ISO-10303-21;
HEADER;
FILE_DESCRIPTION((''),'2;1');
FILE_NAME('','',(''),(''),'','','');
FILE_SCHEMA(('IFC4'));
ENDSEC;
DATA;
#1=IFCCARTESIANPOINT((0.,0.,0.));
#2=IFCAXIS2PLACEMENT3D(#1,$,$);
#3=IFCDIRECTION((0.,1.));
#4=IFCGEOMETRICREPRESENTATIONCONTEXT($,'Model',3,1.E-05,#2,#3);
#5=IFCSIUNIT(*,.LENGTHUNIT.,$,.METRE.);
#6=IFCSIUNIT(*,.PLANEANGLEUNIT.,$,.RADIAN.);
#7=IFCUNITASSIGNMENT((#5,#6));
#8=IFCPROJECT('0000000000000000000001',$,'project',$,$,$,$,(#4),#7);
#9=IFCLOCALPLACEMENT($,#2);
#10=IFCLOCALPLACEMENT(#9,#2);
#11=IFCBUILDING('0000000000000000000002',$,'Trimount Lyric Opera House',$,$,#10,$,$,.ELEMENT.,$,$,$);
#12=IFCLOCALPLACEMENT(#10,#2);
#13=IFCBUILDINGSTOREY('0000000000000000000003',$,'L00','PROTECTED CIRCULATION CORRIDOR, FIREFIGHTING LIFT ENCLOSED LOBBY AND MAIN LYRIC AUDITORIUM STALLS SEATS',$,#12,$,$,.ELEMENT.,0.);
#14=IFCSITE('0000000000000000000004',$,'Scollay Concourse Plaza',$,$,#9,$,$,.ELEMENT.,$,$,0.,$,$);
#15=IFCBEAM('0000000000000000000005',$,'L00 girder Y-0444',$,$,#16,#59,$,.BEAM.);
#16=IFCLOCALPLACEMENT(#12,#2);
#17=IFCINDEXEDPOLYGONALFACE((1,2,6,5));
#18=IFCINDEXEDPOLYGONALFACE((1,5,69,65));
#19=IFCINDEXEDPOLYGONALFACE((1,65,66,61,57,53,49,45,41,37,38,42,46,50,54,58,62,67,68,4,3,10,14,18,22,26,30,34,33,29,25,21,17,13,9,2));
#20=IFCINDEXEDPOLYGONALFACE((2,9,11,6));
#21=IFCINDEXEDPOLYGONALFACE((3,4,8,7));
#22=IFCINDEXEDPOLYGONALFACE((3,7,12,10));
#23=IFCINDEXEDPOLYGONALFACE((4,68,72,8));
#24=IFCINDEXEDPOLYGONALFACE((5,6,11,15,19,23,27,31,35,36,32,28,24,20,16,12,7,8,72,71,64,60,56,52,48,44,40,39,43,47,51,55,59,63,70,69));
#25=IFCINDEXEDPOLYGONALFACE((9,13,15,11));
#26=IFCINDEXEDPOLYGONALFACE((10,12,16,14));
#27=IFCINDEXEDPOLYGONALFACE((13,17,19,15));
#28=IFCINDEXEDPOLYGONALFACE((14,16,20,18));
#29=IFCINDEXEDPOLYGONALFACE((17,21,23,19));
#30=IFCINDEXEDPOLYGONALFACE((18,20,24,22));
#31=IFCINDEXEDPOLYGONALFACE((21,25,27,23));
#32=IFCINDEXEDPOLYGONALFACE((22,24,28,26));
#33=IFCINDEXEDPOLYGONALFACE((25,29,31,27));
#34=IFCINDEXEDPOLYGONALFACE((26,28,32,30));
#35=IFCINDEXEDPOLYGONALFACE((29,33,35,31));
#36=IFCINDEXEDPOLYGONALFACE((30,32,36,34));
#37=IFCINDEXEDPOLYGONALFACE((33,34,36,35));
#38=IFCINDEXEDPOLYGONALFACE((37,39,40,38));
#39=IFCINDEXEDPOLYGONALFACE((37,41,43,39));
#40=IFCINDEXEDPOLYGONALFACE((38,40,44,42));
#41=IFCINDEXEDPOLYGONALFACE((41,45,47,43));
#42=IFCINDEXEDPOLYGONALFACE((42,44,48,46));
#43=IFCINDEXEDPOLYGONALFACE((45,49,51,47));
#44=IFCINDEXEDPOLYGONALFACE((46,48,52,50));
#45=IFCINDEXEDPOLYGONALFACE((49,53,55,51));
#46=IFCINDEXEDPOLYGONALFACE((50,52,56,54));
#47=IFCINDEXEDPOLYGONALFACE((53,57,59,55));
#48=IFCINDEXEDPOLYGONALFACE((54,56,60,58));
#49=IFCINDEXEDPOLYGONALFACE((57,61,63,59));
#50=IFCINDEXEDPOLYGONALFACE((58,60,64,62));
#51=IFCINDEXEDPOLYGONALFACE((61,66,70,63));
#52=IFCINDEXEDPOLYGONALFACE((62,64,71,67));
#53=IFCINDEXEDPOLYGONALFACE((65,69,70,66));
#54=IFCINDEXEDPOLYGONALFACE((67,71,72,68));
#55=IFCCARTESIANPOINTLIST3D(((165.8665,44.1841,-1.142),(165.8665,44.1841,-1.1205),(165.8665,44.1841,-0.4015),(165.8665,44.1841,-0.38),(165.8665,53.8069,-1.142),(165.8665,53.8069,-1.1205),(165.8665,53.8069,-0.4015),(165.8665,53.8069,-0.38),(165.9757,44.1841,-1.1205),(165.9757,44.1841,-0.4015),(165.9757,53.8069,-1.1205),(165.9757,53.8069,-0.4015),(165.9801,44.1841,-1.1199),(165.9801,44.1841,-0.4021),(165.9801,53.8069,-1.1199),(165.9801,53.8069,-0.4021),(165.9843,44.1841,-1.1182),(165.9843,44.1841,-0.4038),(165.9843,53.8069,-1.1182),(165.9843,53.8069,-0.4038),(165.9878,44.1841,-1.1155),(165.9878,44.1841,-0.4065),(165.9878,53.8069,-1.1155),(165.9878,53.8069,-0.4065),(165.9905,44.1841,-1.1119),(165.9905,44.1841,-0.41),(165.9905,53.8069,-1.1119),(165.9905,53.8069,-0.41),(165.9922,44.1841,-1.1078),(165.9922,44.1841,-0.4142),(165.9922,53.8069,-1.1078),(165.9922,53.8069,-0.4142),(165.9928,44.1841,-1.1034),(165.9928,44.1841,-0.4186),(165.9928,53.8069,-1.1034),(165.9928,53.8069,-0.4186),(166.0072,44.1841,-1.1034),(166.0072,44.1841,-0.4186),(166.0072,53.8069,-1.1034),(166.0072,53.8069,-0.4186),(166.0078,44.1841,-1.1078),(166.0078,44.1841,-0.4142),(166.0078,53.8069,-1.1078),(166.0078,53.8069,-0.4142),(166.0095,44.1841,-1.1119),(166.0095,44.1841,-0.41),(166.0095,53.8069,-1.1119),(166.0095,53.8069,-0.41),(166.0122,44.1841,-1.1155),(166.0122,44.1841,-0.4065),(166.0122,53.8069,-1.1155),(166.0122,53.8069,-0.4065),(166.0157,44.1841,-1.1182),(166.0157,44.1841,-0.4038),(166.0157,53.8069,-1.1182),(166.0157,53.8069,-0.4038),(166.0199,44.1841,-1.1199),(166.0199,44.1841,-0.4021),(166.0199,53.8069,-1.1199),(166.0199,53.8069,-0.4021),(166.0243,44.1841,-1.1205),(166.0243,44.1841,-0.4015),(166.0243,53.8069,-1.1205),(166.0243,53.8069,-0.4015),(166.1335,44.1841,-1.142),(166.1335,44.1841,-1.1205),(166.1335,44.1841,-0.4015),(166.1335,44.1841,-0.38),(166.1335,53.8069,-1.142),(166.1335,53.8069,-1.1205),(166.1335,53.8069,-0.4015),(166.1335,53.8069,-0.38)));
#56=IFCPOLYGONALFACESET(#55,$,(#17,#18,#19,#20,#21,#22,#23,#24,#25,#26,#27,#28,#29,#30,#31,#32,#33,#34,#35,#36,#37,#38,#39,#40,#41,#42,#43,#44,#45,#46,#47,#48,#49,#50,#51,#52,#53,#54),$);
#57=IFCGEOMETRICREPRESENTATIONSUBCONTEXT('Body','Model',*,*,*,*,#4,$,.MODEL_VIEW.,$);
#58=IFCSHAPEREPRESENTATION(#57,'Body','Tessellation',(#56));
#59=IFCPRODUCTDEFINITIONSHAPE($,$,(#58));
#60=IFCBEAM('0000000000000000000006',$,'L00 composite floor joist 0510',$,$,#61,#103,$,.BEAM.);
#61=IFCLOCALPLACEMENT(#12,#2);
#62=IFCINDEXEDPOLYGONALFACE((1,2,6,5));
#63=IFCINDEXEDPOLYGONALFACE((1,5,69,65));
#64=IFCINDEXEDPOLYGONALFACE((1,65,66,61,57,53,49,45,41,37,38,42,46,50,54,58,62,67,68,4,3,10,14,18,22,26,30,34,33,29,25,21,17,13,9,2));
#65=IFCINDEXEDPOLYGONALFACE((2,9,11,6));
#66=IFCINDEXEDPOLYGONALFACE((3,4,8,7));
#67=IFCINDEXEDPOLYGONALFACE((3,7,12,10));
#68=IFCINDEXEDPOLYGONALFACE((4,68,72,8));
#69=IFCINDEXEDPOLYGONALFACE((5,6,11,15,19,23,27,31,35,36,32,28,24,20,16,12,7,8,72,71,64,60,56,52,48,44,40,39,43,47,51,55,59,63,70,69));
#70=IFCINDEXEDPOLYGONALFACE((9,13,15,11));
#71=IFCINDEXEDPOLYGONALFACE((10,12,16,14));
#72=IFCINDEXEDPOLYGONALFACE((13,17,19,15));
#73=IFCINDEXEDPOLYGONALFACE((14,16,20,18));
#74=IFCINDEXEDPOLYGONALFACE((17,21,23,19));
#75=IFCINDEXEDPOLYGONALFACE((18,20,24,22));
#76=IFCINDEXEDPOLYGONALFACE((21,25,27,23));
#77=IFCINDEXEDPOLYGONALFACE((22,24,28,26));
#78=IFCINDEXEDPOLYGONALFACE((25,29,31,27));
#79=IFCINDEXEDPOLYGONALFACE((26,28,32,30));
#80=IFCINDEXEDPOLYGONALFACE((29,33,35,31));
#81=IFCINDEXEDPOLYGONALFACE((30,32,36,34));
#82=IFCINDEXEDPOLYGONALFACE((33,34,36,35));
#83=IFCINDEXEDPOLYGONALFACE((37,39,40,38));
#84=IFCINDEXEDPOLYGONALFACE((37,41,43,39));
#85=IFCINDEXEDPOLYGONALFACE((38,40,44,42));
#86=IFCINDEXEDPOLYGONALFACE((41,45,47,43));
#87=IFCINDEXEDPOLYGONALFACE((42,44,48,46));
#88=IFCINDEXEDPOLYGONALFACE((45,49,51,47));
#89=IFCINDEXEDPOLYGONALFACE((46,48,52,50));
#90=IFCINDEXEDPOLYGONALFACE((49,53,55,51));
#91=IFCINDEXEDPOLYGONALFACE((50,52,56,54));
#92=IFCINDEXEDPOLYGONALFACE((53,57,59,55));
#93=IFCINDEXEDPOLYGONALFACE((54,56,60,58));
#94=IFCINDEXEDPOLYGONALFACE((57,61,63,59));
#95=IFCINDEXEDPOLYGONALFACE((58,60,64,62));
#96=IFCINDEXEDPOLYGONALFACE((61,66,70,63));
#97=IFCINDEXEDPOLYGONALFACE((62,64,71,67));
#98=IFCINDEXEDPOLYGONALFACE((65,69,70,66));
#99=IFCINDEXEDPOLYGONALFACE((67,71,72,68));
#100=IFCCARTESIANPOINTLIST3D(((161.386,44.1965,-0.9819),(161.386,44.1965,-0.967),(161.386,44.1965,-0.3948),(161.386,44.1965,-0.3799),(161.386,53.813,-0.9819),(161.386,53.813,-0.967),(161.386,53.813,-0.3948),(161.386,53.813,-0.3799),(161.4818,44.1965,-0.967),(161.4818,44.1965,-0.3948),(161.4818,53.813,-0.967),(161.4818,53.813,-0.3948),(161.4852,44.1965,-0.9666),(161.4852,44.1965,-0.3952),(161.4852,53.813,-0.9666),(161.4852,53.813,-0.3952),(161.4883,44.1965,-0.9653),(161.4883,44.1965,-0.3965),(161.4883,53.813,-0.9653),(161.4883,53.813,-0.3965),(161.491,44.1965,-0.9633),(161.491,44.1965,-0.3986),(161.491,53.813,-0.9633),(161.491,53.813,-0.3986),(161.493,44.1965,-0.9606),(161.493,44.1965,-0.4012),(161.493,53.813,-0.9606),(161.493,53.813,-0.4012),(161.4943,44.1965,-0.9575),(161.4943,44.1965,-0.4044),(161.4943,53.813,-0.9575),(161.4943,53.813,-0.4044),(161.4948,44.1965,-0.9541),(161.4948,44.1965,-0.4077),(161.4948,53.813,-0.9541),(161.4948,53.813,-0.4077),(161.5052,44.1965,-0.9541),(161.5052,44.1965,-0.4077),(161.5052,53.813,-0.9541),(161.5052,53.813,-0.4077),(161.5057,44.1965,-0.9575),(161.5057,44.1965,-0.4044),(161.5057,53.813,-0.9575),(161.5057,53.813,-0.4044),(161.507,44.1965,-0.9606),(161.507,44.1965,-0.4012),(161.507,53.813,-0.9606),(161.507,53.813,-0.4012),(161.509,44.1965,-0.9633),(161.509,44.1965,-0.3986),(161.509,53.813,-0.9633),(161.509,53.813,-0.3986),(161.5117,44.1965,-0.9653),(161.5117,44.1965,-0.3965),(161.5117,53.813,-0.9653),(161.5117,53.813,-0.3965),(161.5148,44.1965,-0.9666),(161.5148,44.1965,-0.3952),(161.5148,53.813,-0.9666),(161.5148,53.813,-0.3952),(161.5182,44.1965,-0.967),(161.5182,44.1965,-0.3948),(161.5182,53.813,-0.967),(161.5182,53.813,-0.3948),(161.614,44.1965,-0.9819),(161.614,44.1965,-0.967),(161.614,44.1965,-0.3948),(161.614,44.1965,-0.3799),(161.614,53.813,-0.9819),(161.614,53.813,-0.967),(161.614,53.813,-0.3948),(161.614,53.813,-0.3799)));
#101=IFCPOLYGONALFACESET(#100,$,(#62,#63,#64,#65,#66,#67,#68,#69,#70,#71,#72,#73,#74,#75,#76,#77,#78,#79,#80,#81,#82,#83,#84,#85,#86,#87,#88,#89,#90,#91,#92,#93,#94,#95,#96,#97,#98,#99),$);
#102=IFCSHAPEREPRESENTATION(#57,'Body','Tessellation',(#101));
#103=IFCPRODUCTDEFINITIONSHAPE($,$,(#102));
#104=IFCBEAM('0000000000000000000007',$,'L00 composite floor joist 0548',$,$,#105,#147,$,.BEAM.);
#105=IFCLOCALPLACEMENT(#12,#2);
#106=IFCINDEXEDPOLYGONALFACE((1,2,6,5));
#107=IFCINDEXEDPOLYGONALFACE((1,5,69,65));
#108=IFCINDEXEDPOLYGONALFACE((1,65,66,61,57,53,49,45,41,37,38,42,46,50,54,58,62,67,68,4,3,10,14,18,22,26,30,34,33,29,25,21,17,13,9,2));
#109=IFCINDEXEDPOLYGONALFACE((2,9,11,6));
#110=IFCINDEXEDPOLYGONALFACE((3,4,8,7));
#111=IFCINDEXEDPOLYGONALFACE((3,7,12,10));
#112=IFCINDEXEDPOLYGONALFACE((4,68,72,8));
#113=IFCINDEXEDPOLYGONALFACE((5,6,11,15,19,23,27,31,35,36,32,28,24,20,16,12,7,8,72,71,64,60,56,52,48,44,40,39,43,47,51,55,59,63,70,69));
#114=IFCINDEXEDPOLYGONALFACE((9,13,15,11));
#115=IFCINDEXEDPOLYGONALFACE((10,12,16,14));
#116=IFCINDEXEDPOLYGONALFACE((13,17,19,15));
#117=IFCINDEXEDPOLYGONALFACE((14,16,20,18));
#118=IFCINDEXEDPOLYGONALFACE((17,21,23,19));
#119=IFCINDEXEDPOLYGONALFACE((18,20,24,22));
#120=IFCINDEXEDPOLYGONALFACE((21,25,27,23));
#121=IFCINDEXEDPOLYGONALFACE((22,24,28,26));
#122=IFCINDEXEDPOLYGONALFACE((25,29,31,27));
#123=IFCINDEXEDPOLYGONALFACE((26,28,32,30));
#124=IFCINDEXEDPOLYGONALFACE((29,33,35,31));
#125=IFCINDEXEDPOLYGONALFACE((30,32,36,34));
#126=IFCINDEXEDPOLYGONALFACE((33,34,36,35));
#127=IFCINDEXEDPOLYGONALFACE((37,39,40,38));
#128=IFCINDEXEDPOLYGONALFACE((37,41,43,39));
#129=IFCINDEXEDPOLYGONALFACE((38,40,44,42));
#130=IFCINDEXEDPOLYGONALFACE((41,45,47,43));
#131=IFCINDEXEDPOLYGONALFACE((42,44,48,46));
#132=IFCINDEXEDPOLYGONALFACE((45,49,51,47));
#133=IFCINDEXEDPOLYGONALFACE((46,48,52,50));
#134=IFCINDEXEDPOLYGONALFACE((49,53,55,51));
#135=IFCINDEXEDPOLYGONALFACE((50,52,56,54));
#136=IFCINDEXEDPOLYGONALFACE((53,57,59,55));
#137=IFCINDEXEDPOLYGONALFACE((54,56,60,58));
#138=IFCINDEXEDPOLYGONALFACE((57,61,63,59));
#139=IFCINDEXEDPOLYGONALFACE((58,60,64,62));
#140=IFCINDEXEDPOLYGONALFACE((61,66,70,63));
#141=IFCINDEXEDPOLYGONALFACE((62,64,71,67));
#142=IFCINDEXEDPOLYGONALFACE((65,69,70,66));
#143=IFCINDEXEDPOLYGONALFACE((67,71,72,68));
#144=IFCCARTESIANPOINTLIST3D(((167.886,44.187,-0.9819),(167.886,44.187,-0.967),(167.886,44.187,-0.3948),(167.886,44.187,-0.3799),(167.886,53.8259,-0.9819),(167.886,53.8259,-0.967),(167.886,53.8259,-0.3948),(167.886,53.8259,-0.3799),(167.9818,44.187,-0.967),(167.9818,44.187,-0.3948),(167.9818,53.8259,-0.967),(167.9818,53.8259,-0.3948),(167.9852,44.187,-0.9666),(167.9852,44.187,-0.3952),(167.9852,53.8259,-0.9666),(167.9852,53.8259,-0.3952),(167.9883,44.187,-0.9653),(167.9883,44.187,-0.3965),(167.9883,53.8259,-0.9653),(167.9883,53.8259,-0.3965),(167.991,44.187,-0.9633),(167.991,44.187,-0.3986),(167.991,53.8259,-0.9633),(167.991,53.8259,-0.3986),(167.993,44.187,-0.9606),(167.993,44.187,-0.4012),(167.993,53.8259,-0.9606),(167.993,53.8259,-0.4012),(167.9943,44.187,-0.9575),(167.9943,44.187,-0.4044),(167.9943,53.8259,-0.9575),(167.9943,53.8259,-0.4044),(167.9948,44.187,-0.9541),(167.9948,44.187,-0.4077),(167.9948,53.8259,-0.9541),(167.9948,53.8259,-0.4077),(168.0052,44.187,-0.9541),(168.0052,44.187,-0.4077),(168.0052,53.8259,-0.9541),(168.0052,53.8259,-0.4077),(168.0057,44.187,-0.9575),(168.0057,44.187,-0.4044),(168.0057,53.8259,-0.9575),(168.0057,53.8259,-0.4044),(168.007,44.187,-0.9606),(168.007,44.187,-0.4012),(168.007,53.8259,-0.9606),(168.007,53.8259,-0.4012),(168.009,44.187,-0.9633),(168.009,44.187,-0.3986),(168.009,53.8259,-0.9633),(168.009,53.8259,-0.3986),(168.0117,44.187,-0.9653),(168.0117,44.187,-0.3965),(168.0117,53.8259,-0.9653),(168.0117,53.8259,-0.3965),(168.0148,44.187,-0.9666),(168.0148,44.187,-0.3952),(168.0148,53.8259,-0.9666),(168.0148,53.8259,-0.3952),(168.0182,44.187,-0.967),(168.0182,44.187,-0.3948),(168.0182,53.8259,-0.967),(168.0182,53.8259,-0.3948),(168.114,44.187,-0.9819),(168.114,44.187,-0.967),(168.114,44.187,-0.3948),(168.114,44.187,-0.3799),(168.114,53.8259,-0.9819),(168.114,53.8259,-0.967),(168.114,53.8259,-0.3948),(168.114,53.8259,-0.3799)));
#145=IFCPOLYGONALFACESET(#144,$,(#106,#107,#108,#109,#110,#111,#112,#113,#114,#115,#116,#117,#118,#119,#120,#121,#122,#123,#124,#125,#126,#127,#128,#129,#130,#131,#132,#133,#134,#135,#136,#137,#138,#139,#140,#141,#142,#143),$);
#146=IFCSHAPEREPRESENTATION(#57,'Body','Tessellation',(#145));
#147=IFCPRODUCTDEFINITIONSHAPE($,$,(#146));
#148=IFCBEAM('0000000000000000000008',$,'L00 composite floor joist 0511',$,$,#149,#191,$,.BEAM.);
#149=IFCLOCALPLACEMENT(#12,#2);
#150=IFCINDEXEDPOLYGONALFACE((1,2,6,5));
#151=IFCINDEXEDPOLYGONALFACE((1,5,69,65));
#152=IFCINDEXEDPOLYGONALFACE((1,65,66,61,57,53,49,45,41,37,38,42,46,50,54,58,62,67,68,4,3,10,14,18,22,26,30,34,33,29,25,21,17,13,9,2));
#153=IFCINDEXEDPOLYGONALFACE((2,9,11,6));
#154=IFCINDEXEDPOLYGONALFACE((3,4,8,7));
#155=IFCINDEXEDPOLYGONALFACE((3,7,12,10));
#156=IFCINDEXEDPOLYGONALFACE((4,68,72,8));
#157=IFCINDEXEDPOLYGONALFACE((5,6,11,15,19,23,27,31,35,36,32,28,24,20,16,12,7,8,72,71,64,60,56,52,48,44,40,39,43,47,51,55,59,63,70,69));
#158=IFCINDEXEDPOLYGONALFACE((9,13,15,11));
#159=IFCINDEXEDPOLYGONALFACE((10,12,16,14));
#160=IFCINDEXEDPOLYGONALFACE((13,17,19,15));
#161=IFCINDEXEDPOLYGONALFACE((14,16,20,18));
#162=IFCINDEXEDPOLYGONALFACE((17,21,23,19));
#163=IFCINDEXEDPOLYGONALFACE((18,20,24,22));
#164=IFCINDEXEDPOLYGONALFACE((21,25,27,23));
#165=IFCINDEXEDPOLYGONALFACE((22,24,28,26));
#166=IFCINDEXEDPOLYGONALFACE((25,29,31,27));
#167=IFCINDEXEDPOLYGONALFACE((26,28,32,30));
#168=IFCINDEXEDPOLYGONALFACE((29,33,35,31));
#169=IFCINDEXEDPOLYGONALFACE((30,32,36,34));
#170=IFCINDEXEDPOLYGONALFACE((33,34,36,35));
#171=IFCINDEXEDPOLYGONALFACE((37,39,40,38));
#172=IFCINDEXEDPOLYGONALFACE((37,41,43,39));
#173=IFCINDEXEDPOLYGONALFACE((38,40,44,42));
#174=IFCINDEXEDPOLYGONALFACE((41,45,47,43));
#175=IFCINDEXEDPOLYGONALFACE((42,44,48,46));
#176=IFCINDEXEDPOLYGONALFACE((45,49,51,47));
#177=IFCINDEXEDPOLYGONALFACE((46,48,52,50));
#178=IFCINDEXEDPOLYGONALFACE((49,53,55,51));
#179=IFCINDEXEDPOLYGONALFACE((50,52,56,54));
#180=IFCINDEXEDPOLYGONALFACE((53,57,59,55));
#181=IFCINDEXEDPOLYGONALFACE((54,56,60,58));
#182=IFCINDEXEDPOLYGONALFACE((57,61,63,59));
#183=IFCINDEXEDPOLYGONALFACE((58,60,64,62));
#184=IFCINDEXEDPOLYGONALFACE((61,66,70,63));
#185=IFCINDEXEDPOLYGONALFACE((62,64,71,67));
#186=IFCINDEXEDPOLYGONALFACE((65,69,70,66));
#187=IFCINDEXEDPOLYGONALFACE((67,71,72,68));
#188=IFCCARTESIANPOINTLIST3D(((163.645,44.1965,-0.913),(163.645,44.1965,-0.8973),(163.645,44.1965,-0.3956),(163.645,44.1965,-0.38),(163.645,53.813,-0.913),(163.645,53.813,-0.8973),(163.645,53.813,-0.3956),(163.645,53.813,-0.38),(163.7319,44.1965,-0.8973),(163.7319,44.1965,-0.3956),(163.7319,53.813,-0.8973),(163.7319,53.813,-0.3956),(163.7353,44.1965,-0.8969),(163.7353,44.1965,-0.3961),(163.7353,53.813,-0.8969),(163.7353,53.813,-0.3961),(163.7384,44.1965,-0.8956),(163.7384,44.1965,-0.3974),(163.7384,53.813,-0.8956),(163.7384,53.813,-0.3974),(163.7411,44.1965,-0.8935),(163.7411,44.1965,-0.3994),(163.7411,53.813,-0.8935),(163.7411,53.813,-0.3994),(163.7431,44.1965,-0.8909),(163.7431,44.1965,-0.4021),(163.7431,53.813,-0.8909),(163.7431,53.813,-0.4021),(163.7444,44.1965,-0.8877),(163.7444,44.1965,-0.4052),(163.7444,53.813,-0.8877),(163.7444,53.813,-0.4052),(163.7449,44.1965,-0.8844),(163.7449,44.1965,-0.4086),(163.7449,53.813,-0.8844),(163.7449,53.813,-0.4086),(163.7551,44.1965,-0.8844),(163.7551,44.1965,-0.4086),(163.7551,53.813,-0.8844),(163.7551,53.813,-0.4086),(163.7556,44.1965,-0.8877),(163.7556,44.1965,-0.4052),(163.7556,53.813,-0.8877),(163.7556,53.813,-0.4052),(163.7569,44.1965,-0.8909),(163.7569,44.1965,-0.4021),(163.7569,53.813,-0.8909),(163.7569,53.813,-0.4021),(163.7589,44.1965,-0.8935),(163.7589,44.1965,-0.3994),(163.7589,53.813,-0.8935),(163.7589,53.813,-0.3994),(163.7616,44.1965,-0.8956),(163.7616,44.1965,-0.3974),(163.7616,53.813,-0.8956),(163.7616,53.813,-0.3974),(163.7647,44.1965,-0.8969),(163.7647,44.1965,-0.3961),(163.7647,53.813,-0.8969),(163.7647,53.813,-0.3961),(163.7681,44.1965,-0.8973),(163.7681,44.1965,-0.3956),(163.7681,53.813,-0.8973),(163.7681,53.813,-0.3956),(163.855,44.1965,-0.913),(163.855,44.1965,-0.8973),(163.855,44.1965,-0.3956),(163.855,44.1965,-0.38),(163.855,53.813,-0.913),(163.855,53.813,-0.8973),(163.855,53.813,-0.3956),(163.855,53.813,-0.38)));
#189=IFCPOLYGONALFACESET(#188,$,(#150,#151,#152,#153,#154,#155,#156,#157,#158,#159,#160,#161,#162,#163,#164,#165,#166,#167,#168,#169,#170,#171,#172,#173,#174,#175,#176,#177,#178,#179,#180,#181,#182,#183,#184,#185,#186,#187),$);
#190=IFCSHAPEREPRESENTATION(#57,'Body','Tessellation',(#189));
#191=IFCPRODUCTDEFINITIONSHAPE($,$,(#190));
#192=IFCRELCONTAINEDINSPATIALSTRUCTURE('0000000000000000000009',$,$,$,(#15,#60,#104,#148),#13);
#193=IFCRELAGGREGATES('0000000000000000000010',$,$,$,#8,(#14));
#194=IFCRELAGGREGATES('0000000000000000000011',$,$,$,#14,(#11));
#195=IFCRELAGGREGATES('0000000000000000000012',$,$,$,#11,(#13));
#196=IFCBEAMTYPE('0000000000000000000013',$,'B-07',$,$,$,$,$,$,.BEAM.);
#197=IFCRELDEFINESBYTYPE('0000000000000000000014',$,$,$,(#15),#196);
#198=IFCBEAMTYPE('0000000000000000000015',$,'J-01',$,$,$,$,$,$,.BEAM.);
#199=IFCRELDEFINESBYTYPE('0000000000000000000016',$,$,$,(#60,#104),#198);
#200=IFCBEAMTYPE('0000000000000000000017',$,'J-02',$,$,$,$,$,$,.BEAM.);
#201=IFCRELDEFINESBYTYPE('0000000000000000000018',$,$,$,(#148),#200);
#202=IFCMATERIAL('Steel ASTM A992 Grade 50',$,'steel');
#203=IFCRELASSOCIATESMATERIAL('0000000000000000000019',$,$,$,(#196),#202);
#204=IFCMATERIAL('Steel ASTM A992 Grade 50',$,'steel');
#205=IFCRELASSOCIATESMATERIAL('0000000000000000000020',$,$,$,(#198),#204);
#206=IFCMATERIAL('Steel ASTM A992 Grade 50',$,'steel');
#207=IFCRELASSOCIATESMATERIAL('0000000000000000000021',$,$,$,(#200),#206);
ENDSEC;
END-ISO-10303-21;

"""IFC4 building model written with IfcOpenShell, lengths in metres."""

from ifc_helpers import new_model, si_unit, direction, frame, origin, origin_2d, place, context, subcontext, project, spatial, i_section, extrude, material, material_profile, profile_set, type_object, element, save


model = new_model("IFC4")

# Units and contexts
model_context = context("Model", 3, precision=1e-05, world=origin(), true_north=direction((0.0, 1.0)))
body_context = subcontext(model_context, "Body", "Model", "MODEL_VIEW")
ifc_project = project(units=[si_unit("LENGTHUNIT", "METRE"), si_unit("PLANEANGLEUNIT", "RADIAN")], contexts=[model_context])

# Site, building, storey
site_placement = place(None, origin())
site = spatial("IfcSite", under=ifc_project, at=site_placement, Name="Scollay Concourse Plaza", CompositionType="ELEMENT", RefElevation=0.0)
building_placement = place(site_placement, origin())
building = spatial("IfcBuilding", under=site, at=building_placement, Name="Trimount Lyric Opera House", CompositionType="ELEMENT")
storey_placement = place(building_placement, origin())
storey = spatial("IfcBuildingStorey", under=building, at=storey_placement, Name="L00", Description="PROTECTED CIRCULATION CORRIDOR, FIREFIGHTING LIFT ENCLOSED LOBBY AND MAIN LYRIC AUDITORIUM STALLS SEATS", CompositionType="ELEMENT", Elevation=0.0)

# Beams
ifc_material_1 = material(Name="Steel ASTM A992 Grade 50", Category="steel")
ifc_material_profile_1 = material_profile(ifc_material_1, i_section(OverallWidth=0.2671, OverallDepth=0.762, WebThickness=0.0144, FlangeThickness=0.0215, FilletRadius=0.0171, at=origin_2d()), Name="W30X116")
ifc_profile_set_1 = profile_set([ifc_material_profile_1], Name="Steel ASTM A992 Grade 50")
beam_type_1 = type_object("IfcBeamType", Name="B-07", PredefinedType="BEAM", material=ifc_profile_set_1)
beam_1_placement = place(storey_placement, frame((166.0, 44.1841, -0.761), z_axis=(0.0, 1.0, 0.0), x_axis=(-1.0, 0.0, 0.0)))
element("IfcBeam", 1, at=beam_1_placement, inside=storey, type_object=beam_type_1, Name="L00 girder Y-0444", PredefinedType="BEAM", context=body_context, shape_type="SweptSolid", body=[
    extrude(i_section(OverallWidth=0.2671, OverallDepth=0.762, WebThickness=0.0144, FlangeThickness=0.0215, FilletRadius=0.0171, at=origin_2d()), origin(), (0.0, 0.0, 1.0), 9.6228),
])
ifc_material_2 = material(Name="Steel ASTM A992 Grade 50", Category="steel")
ifc_material_profile_2 = material_profile(ifc_material_2, i_section(OverallWidth=0.228, OverallDepth=0.6021, WebThickness=0.0105, FlangeThickness=0.0149, FilletRadius=0.0129, at=origin_2d()), Name="W24X68")
ifc_profile_set_2 = profile_set([ifc_material_profile_2], Name="Steel ASTM A992 Grade 50")
beam_type_2 = type_object("IfcBeamType", Name="J-01", PredefinedType="BEAM", material=ifc_profile_set_2)
beam_2_placement = place(storey_placement, frame((161.5, 44.1965, -0.6809), z_axis=(0.0, 1.0, 0.0), x_axis=(-1.0, 0.0, 0.0)))
element("IfcBeam", 2, at=beam_2_placement, inside=storey, type_object=beam_type_2, Name="L00 composite floor joist 0510", PredefinedType="BEAM", context=body_context, shape_type="SweptSolid", body=[
    extrude(i_section(OverallWidth=0.228, OverallDepth=0.6021, WebThickness=0.0105, FlangeThickness=0.0149, FilletRadius=0.0129, at=origin_2d()), origin(), (0.0, 0.0, 1.0), 9.6165),
])
beam_3_placement = place(storey_placement, frame((168.0, 44.187, -0.6809), z_axis=(0.0, 1.0, 0.0), x_axis=(-1.0, 0.0, 0.0)))
element("IfcBeam", 3, at=beam_3_placement, inside=storey, type_object=beam_type_2, Name="L00 composite floor joist 0548", PredefinedType="BEAM", context=body_context, shape_type="SweptSolid", body=[
    extrude(i_section(OverallWidth=0.228, OverallDepth=0.6021, WebThickness=0.0105, FlangeThickness=0.0149, FilletRadius=0.0129, at=origin_2d()), origin(), (0.0, 0.0, 1.0), 9.6389),
])
ifc_material_3 = material(Name="Steel ASTM A992 Grade 50", Category="steel")
ifc_material_profile_3 = material_profile(ifc_material_3, i_section(OverallWidth=0.21, OverallDepth=0.533, WebThickness=0.0103, FlangeThickness=0.0156, FilletRadius=0.0129, at=origin_2d()), Name="W21X62")
ifc_profile_set_3 = profile_set([ifc_material_profile_3], Name="Steel ASTM A992 Grade 50")
beam_type_3 = type_object("IfcBeamType", Name="J-02", PredefinedType="BEAM", material=ifc_profile_set_3)
beam_4_placement = place(storey_placement, frame((163.75, 44.1965, -0.6465), z_axis=(0.0, 1.0, 0.0), x_axis=(-1.0, 0.0, 0.0)))
element("IfcBeam", 4, at=beam_4_placement, inside=storey, type_object=beam_type_3, Name="L00 composite floor joist 0511", PredefinedType="BEAM", context=body_context, shape_type="SweptSolid", body=[
    extrude(i_section(OverallWidth=0.21, OverallDepth=0.533, WebThickness=0.0103, FlangeThickness=0.0156, FilletRadius=0.0129, at=origin_2d()), origin(), (0.0, 0.0, 1.0), 9.6165),
])

save(model, "model.ifc")
